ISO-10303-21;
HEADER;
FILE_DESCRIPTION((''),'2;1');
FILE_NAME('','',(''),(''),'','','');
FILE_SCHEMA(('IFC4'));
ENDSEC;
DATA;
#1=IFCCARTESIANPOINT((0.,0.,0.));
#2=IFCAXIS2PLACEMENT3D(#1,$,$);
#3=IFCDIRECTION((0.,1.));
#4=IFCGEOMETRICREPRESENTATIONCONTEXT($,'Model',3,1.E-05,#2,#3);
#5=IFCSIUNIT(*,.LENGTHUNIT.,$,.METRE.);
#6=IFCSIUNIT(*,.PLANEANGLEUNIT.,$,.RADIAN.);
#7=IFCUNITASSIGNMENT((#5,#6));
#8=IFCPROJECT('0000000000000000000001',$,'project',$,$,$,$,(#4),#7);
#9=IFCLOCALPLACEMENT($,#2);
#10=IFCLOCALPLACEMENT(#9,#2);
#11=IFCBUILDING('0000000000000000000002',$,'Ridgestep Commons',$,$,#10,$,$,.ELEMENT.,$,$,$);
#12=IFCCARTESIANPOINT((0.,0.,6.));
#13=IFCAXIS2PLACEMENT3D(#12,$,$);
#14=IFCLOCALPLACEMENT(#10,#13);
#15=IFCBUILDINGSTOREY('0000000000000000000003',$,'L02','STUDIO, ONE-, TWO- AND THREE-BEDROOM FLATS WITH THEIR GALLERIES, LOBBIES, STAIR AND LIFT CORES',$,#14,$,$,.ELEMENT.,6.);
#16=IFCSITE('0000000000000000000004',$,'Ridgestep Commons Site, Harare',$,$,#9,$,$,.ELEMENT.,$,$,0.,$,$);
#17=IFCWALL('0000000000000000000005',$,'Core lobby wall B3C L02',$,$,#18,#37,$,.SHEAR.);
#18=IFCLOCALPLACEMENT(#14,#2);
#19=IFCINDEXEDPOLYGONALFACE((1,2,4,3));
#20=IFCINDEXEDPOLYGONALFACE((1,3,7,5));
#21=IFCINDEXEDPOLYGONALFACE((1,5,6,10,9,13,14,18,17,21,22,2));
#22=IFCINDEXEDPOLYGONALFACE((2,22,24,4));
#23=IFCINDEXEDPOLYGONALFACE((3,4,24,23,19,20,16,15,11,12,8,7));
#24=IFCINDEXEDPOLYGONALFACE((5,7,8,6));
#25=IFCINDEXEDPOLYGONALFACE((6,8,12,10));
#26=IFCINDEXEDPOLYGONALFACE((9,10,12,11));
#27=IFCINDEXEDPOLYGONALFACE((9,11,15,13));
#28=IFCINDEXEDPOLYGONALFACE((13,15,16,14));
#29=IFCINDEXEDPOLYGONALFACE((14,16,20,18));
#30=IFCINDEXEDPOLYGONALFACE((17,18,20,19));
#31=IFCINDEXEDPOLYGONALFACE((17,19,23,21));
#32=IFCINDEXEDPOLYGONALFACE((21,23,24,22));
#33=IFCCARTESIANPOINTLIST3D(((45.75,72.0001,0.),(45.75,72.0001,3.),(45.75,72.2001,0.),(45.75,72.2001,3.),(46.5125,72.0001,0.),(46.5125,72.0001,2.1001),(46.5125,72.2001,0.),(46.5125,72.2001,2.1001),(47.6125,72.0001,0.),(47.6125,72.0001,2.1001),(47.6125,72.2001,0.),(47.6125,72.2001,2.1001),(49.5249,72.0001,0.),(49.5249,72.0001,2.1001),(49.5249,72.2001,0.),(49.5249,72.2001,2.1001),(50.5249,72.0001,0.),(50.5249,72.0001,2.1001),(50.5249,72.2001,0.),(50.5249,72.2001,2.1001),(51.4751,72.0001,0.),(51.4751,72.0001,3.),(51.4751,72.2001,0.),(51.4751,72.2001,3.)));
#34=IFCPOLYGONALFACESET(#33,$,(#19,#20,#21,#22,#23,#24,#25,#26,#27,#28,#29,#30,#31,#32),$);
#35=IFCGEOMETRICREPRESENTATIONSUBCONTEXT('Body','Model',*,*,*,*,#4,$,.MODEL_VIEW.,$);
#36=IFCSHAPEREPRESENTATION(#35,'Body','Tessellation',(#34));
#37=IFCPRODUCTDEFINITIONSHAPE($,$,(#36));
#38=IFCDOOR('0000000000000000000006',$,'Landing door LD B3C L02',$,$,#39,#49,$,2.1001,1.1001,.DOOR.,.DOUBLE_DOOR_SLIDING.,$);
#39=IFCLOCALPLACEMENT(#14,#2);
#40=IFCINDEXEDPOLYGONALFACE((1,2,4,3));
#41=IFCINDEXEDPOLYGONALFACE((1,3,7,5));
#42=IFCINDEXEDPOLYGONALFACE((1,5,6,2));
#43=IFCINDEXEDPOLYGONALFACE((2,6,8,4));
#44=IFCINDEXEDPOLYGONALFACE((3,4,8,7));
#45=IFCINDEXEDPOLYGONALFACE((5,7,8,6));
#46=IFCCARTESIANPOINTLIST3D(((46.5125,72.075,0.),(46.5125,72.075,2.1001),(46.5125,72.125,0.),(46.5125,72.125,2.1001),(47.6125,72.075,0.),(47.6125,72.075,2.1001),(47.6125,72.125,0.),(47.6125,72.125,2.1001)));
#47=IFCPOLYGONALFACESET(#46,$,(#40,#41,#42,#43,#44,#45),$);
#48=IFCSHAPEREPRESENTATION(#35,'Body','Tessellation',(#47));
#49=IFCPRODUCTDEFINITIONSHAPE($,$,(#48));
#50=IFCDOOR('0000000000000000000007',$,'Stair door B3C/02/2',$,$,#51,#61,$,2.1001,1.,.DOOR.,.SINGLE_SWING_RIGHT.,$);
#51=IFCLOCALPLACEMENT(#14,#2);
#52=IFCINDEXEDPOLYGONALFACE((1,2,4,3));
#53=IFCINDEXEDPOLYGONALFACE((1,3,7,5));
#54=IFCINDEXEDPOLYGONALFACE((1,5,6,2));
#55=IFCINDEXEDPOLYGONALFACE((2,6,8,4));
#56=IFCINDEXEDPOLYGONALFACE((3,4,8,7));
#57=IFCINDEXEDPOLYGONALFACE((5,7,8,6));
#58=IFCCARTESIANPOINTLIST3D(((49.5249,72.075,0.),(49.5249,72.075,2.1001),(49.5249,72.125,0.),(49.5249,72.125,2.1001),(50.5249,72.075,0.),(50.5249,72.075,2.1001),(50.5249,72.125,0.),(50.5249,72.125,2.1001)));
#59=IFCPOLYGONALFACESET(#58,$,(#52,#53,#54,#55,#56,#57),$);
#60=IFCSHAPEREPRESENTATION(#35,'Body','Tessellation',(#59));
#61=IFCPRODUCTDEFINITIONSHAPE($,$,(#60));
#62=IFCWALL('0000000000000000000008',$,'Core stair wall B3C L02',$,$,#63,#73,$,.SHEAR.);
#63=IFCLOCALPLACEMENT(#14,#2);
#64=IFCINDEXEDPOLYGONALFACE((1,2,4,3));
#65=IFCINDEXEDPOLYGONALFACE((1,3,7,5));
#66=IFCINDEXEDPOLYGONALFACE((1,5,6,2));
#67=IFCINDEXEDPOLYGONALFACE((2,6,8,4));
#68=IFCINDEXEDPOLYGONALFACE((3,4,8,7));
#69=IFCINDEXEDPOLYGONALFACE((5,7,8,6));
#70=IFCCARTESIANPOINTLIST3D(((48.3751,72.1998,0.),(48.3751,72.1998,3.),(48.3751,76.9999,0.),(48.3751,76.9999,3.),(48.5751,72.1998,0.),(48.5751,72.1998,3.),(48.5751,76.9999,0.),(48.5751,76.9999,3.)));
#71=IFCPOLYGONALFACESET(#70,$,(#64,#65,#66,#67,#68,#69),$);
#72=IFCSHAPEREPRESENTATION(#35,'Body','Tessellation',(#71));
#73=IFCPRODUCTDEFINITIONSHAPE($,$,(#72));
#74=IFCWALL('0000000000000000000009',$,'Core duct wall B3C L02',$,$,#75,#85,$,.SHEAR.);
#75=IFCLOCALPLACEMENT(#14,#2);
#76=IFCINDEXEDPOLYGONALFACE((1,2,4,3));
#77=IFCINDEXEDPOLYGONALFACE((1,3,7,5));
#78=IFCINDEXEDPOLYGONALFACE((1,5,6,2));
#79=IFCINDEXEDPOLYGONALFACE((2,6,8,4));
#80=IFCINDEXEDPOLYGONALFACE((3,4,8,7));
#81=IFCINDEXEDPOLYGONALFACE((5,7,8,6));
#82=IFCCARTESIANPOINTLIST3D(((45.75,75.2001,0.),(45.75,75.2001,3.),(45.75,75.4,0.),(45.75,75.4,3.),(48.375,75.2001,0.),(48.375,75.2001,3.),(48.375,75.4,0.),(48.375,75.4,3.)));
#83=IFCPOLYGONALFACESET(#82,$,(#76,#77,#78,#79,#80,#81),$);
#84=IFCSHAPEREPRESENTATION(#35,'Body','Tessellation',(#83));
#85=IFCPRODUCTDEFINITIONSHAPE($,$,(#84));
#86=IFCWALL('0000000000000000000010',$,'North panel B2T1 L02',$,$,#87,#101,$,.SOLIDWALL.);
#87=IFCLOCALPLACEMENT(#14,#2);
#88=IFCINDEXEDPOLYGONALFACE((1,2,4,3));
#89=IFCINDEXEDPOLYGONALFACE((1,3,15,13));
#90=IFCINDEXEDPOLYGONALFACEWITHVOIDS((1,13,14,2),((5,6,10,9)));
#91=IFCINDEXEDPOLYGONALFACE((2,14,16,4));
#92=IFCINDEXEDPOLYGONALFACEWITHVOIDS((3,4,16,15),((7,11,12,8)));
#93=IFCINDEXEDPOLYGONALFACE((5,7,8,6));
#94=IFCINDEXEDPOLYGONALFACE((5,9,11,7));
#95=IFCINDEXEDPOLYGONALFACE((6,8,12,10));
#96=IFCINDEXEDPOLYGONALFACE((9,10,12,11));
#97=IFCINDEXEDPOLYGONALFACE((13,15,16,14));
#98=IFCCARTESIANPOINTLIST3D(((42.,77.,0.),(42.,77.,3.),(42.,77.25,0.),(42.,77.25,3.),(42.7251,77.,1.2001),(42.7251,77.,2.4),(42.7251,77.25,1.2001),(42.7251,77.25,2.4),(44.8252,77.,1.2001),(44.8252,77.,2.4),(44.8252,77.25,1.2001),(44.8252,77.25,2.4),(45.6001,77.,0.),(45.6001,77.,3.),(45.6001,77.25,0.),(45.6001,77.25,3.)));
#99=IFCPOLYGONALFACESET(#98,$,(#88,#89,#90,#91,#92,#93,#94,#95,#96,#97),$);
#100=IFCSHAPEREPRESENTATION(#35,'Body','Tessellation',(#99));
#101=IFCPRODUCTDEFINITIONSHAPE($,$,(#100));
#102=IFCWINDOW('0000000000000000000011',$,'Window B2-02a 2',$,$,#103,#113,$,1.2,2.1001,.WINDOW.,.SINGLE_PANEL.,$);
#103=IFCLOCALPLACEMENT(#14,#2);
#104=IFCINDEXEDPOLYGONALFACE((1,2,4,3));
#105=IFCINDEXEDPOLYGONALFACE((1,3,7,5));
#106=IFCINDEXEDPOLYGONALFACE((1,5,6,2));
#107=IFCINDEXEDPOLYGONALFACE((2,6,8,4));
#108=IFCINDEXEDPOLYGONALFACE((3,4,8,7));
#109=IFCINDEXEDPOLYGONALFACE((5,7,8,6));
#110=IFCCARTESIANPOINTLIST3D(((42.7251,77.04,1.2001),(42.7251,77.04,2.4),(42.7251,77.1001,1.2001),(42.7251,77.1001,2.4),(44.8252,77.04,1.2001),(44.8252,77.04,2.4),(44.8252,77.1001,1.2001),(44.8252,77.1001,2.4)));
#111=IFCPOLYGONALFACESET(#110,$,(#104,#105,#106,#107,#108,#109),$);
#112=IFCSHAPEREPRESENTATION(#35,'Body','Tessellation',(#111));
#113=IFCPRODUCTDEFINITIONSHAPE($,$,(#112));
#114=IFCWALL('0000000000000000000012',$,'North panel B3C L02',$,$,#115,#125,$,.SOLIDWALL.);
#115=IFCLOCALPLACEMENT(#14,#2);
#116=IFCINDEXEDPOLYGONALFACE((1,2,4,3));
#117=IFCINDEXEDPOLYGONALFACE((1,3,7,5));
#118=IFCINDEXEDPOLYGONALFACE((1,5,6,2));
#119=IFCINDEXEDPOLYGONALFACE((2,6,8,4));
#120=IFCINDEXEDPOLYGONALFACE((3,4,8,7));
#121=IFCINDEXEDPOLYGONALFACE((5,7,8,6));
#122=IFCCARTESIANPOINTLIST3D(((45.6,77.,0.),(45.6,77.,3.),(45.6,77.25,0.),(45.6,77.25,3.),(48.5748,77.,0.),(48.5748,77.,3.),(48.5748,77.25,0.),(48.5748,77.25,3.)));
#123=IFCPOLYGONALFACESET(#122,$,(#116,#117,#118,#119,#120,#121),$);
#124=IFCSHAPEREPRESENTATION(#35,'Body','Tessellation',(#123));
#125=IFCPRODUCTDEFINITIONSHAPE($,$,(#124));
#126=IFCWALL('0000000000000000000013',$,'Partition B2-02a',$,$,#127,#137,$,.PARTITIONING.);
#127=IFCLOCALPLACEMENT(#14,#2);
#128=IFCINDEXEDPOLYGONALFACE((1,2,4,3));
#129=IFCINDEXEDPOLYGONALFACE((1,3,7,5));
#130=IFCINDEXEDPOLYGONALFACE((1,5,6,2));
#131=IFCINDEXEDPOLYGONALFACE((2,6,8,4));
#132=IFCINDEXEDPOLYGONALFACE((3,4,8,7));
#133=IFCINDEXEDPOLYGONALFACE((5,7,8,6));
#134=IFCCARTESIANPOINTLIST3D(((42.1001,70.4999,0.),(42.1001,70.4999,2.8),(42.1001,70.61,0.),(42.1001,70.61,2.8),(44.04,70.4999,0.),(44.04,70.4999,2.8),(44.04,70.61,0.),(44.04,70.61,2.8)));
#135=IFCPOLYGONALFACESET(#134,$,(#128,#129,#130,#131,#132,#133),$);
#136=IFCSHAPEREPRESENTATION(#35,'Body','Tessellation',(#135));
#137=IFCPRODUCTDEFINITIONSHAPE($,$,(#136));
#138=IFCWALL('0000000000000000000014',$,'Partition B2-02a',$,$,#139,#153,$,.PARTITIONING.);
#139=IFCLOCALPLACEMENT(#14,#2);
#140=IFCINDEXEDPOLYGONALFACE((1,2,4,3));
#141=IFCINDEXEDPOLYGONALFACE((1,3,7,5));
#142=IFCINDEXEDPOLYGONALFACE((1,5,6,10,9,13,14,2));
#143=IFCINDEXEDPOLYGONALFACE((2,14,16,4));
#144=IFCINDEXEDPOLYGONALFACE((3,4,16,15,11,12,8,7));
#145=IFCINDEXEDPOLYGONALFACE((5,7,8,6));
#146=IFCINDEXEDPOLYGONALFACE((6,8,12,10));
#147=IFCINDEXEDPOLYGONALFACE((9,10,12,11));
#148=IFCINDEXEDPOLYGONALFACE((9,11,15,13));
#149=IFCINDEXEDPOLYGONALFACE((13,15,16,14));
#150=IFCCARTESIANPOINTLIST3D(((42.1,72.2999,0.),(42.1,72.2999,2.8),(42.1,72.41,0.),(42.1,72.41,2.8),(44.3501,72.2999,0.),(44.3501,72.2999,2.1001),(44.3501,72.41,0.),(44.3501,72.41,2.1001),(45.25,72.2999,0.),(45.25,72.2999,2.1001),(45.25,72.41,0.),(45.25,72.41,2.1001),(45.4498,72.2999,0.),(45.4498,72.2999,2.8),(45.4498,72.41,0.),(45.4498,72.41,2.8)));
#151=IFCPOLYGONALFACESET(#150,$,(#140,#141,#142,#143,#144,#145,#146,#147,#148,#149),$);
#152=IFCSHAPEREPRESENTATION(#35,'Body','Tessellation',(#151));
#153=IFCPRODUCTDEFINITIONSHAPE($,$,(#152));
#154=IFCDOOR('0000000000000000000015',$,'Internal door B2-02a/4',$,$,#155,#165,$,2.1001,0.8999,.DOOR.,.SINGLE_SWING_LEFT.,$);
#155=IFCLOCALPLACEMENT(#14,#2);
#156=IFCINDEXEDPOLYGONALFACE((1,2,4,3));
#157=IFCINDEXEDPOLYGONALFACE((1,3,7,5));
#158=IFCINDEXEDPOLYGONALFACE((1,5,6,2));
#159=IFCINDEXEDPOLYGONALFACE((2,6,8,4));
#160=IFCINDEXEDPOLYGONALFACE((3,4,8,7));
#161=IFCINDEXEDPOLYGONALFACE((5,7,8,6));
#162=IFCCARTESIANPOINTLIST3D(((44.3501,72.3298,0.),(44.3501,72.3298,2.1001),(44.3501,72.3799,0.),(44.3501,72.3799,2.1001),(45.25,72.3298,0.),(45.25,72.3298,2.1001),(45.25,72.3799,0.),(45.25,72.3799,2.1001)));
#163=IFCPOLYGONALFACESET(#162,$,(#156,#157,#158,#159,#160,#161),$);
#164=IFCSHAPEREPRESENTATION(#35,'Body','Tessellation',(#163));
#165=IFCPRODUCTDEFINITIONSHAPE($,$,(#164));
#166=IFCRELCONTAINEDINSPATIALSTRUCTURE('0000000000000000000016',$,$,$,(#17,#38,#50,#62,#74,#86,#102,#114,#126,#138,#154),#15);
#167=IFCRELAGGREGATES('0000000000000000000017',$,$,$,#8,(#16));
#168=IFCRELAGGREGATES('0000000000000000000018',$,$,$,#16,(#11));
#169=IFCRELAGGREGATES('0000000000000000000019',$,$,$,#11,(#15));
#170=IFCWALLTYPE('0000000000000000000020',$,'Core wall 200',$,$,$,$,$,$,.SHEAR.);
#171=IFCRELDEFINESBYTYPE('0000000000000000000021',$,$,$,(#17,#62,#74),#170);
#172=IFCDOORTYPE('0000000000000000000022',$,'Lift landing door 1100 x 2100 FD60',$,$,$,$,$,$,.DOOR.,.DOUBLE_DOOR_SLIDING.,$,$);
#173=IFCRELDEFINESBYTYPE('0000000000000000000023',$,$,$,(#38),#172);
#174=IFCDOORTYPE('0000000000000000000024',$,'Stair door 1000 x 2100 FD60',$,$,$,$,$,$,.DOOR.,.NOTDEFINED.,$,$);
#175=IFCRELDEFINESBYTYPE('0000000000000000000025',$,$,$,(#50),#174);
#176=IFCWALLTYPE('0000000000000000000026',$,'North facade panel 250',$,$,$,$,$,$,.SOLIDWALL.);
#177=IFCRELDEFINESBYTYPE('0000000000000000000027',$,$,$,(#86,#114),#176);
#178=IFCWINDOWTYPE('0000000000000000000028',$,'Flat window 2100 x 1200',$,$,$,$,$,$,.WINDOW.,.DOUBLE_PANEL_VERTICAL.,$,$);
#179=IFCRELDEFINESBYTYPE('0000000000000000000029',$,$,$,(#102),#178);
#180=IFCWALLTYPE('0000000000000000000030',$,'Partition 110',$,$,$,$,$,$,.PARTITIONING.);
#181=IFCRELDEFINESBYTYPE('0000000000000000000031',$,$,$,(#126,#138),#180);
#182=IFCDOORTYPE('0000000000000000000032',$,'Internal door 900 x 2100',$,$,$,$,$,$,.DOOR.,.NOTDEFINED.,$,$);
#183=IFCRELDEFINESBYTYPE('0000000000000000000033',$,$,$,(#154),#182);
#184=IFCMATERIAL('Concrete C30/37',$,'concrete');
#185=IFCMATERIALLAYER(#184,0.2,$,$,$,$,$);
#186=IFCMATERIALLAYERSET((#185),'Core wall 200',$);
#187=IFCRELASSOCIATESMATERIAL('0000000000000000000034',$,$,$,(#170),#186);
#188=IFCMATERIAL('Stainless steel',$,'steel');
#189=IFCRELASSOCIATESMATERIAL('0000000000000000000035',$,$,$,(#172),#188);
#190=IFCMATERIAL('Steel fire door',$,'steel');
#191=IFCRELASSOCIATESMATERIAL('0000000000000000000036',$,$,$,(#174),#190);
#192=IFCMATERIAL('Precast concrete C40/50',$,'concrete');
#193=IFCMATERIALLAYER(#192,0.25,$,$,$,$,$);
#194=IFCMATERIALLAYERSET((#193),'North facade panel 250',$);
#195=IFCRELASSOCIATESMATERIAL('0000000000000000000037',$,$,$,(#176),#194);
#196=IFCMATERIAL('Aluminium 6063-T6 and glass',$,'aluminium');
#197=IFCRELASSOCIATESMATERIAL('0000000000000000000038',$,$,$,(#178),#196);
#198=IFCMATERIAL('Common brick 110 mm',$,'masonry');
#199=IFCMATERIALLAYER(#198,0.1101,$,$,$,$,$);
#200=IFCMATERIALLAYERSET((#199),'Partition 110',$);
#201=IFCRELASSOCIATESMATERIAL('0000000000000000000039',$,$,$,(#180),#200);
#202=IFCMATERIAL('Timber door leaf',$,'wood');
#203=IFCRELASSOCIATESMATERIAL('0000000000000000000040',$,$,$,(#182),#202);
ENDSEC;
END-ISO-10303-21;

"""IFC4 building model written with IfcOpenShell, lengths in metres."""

from ifc_helpers import new_model, si_unit, direction, frame, frame_2d, origin, place, context, subcontext, project, spatial, rectangle, extrude, material, layer, layer_set, type_object, element, fill, save


model = new_model("IFC4")

# Units and contexts
model_context = context("Model", 3, precision=1e-05, world=origin(), true_north=direction((0.0, 1.0)))
body_context = subcontext(model_context, "Body", "Model", "MODEL_VIEW")
ifc_project = project(units=[si_unit("LENGTHUNIT", "METRE"), si_unit("PLANEANGLEUNIT", "RADIAN")], contexts=[model_context])

# Site, building, storey
site_placement = place(None, origin())
site = spatial("IfcSite", under=ifc_project, at=site_placement, Name="Ridgestep Commons Site, Harare", CompositionType="ELEMENT", RefElevation=0.0)
building_placement = place(site_placement, origin())
building = spatial("IfcBuilding", under=site, at=building_placement, Name="Ridgestep Commons", CompositionType="ELEMENT")
storey_placement = place(building_placement, frame((0.0, 0.0, 6.0)))
storey = spatial("IfcBuildingStorey", under=building, at=storey_placement, Name="L02", Description="STUDIO, ONE-, TWO- AND THREE-BEDROOM FLATS WITH THEIR GALLERIES, LOBBIES, STAIR AND LIFT CORES", CompositionType="ELEMENT", Elevation=6.0)

# Wall, openings, doors
ifc_material_1 = material(Name="Concrete C30/37", Category="concrete")
ifc_layer_1 = layer(ifc_material_1, 0.2)
ifc_layer_set_1 = layer_set([ifc_layer_1], Name="Core wall 200")
wall_type_1 = type_object("IfcWallType", Name="Core wall 200", PredefinedType="SHEAR", material=ifc_layer_set_1)
wall_1_placement = place(storey_placement, frame((45.75, 72.1001, 0.0), z_axis=(0.0, 0.0, 1.0), x_axis=(1.0, 0.0, 0.0)))
wall_1 = element("IfcWall", 1, at=wall_1_placement, inside=storey, type_object=wall_type_1, Name="Core lobby wall B3C L02", PredefinedType="SHEAR", context=body_context, shape_type="SweptSolid", body=[
    extrude(rectangle(XDim=5.7251, YDim=0.2, at=frame_2d((2.8625, 0.0))), origin(), (0.0, 0.0, 1.0), 3.0),
])
opening_1_placement = place(wall_1_placement, frame((3.7749, 0.0, 0.0)))
opening_1 = element("IfcOpeningElement", 2, at=opening_1_placement, cuts=wall_1, PredefinedType="OPENING", context=body_context, shape_type="SweptSolid", body=[
    extrude(rectangle(XDim=1.0, YDim=2.1001, at=frame_2d((0.5, 1.05))), frame((0.0, 0.1099, 0.0), z_axis=(0.0, -1.0, 0.0), x_axis=(1.0, 0.0, 0.0)), (0.0, 0.0, 1.0), 0.22),
])
opening_2_placement = place(wall_1_placement, frame((0.7625, 0.0, 0.0)))
opening_2 = element("IfcOpeningElement", 3, at=opening_2_placement, cuts=wall_1, PredefinedType="OPENING", context=body_context, shape_type="SweptSolid", body=[
    extrude(rectangle(XDim=1.1001, YDim=2.1001, at=frame_2d((0.55, 1.05))), frame((0.0, 0.1099, 0.0), z_axis=(0.0, -1.0, 0.0), x_axis=(1.0, 0.0, 0.0)), (0.0, 0.0, 1.0), 0.22),
])
ifc_material_2 = material(Name="Stainless steel", Category="steel")
door_type_1 = type_object("IfcDoorType", Name="Lift landing door 1100 x 2100 FD60", OperationType="DOUBLE_DOOR_SLIDING", PredefinedType="DOOR", material=ifc_material_2)
door_1_placement = place(opening_2_placement, origin())
door_1 = element("IfcDoor", 4, at=door_1_placement, inside=storey, type_object=door_type_1, Name="Landing door LD B3C L02", OperationType="DOUBLE_DOOR_SLIDING", OverallHeight=2.1001, OverallWidth=1.1001, PredefinedType="DOOR", context=body_context, shape_type="SweptSolid", body=[
    extrude(rectangle(XDim=1.1001, YDim=2.1001, at=frame_2d((0.55, 1.05))), frame((0.0, 0.0249, 0.0), z_axis=(0.0, -1.0, 0.0), x_axis=(1.0, 0.0, 0.0)), (0.0, 0.0, 1.0), 0.05),
])
fill(opening_2, door_1)
ifc_material_3 = material(Name="Steel fire door", Category="steel")
door_type_2 = type_object("IfcDoorType", Name="Stair door 1000 x 2100 FD60", OperationType="NOTDEFINED", PredefinedType="DOOR", material=ifc_material_3)
door_2_placement = place(opening_1_placement, origin())
door_2 = element("IfcDoor", 5, at=door_2_placement, inside=storey, type_object=door_type_2, Name="Stair door B3C/02/2", OperationType="SINGLE_SWING_RIGHT", OverallHeight=2.1001, OverallWidth=1.0, PredefinedType="DOOR", context=body_context, shape_type="SweptSolid", body=[
    extrude(rectangle(XDim=1.0, YDim=2.1001, at=frame_2d((0.5, 1.05))), frame((0.0, 0.0249, 0.0), z_axis=(0.0, -1.0, 0.0), x_axis=(1.0, 0.0, 0.0)), (0.0, 0.0, 1.0), 0.05),
])
fill(opening_1, door_2)

# Walls
wall_2_placement = place(storey_placement, frame((48.4751, 72.2, 0.0), z_axis=(0.0, 0.0, 1.0), x_axis=(0.0, 1.0, 0.0)))
element("IfcWall", 6, at=wall_2_placement, inside=storey, type_object=wall_type_1, Name="Core stair wall B3C L02", PredefinedType="SHEAR", context=body_context, shape_type="SweptSolid", body=[
    extrude(rectangle(XDim=4.8, YDim=0.2, at=frame_2d((2.3999, 0.0))), origin(), (0.0, 0.0, 1.0), 3.0),
])
wall_3_placement = place(storey_placement, frame((45.75, 75.3, 0.0), z_axis=(0.0, 0.0, 1.0), x_axis=(1.0, 0.0, 0.0)))
element("IfcWall", 7, at=wall_3_placement, inside=storey, type_object=wall_type_1, Name="Core duct wall B3C L02", PredefinedType="SHEAR", context=body_context, shape_type="SweptSolid", body=[
    extrude(rectangle(XDim=2.625, YDim=0.2, at=frame_2d((1.3125, 0.0))), origin(), (0.0, 0.0, 1.0), 3.0),
])

# Wall, opening, window
ifc_material_4 = material(Name="Precast concrete C40/50", Category="concrete")
ifc_layer_2 = layer(ifc_material_4, 0.25)
ifc_layer_set_2 = layer_set([ifc_layer_2], Name="North facade panel 250")
wall_type_2 = type_object("IfcWallType", Name="North facade panel 250", PredefinedType="SOLIDWALL", material=ifc_layer_set_2)
wall_4_placement = place(storey_placement, frame((42.0, 77.125, 0.0), z_axis=(0.0, 0.0, 1.0), x_axis=(1.0, 0.0, 0.0)))
wall_4 = element("IfcWall", 8, at=wall_4_placement, inside=storey, type_object=wall_type_2, Name="North panel B2T1 L02", PredefinedType="SOLIDWALL", context=body_context, shape_type="SweptSolid", body=[
    extrude(rectangle(XDim=3.6001, YDim=0.25, at=frame_2d((1.8, 0.0))), origin(), (0.0, 0.0, 1.0), 3.0),
])
opening_3_placement = place(wall_4_placement, frame((0.7251, 0.0, 1.2)))
opening_3 = element("IfcOpeningElement", 9, at=opening_3_placement, cuts=wall_4, PredefinedType="OPENING", context=body_context, shape_type="SweptSolid", body=[
    extrude(rectangle(XDim=2.1001, YDim=1.2, at=frame_2d((1.05, 0.6001))), frame((0.0, 0.135, 0.0), z_axis=(0.0, -1.0, 0.0), x_axis=(1.0, 0.0, 0.0)), (0.0, 0.0, 1.0), 0.27),
])
ifc_material_5 = material(Name="Aluminium 6063-T6 and glass", Category="aluminium")
window_type = type_object("IfcWindowType", Name="Flat window 2100 x 1200", PartitioningType="DOUBLE_PANEL_VERTICAL", PredefinedType="WINDOW", material=ifc_material_5)
window_placement = place(opening_3_placement, origin())
window = element("IfcWindow", 10, at=window_placement, inside=storey, type_object=window_type, Name="Window B2-02a 2", OverallHeight=1.2, OverallWidth=2.1001, PartitioningType="SINGLE_PANEL", PredefinedType="WINDOW", context=body_context, shape_type="SweptSolid", body=[
    extrude(rectangle(XDim=2.1001, YDim=1.2, at=frame_2d((1.05, 0.6001))), frame((0.0, -0.0249, 0.0), z_axis=(0.0, -1.0, 0.0), x_axis=(1.0, 0.0, 0.0)), (0.0, 0.0, 1.0), 0.0601),
])
fill(opening_3, window)

# Walls
wall_5_placement = place(storey_placement, frame((45.6001, 77.125, 0.0), z_axis=(0.0, 0.0, 1.0), x_axis=(1.0, 0.0, 0.0)))
element("IfcWall", 11, at=wall_5_placement, inside=storey, type_object=wall_type_2, Name="North panel B3C L02", PredefinedType="SOLIDWALL", context=body_context, shape_type="SweptSolid", body=[
    extrude(rectangle(XDim=2.9749, YDim=0.25, at=frame_2d((1.4873, 0.0))), origin(), (0.0, 0.0, 1.0), 3.0),
])
ifc_material_6 = material(Name="Common brick 110 mm", Category="masonry")
ifc_layer_3 = layer(ifc_material_6, 0.1101)
ifc_layer_set_3 = layer_set([ifc_layer_3], Name="Partition 110")
wall_type_3 = type_object("IfcWallType", Name="Partition 110", PredefinedType="PARTITIONING", material=ifc_layer_set_3)
wall_6_placement = place(storey_placement, frame((42.1001, 70.5549, 0.0), z_axis=(0.0, 0.0, 1.0), x_axis=(1.0, 0.0, 0.0)))
element("IfcWall", 12, at=wall_6_placement, inside=storey, type_object=wall_type_3, Name="Partition B2-02a", PredefinedType="PARTITIONING", context=body_context, shape_type="SweptSolid", body=[
    extrude(rectangle(XDim=1.9399, YDim=0.1101, at=frame_2d((0.97, 0.0))), origin(), (0.0, 0.0, 1.0), 2.8),
])

# Wall, opening, door
wall_7_placement = place(storey_placement, frame((42.1001, 72.355, 0.0), z_axis=(0.0, 0.0, 1.0), x_axis=(1.0, 0.0, 0.0)))
wall_7 = element("IfcWall", 13, at=wall_7_placement, inside=storey, type_object=wall_type_3, Name="Partition B2-02a", PredefinedType="PARTITIONING", context=body_context, shape_type="SweptSolid", body=[
    extrude(rectangle(XDim=3.3499, YDim=0.1101, at=frame_2d((1.6748, 0.0))), origin(), (0.0, 0.0, 1.0), 2.8),
])
opening_4_placement = place(wall_7_placement, frame((2.25, 0.0, 0.0)))
opening_4 = element("IfcOpeningElement", 14, at=opening_4_placement, cuts=wall_7, PredefinedType="OPENING", context=body_context, shape_type="SweptSolid", body=[
    extrude(rectangle(XDim=0.8999, YDim=2.1001, at=frame_2d((0.45, 1.05))), frame((0.0, 0.0649, 0.0), z_axis=(0.0, -1.0, 0.0), x_axis=(1.0, 0.0, 0.0)), (0.0, 0.0, 1.0), 0.1301),
])
ifc_material_7 = material(Name="Timber door leaf", Category="wood")
door_type_3 = type_object("IfcDoorType", Name="Internal door 900 x 2100", OperationType="NOTDEFINED", PredefinedType="DOOR", material=ifc_material_7)
door_3_placement = place(opening_4_placement, origin())
door_3 = element("IfcDoor", 15, at=door_3_placement, inside=storey, type_object=door_type_3, Name="Internal door B2-02a/4", OperationType="SINGLE_SWING_LEFT", OverallHeight=2.1001, OverallWidth=0.8999, PredefinedType="DOOR", context=body_context, shape_type="SweptSolid", body=[
    extrude(rectangle(XDim=0.8999, YDim=2.1001, at=frame_2d((0.45, 1.05))), frame((0.0, 0.0249, 0.0), z_axis=(0.0, -1.0, 0.0), x_axis=(1.0, 0.0, 0.0)), (0.0, 0.0, 1.0), 0.05),
])
fill(opening_4, door_3)

save(model, "model.ifc")
